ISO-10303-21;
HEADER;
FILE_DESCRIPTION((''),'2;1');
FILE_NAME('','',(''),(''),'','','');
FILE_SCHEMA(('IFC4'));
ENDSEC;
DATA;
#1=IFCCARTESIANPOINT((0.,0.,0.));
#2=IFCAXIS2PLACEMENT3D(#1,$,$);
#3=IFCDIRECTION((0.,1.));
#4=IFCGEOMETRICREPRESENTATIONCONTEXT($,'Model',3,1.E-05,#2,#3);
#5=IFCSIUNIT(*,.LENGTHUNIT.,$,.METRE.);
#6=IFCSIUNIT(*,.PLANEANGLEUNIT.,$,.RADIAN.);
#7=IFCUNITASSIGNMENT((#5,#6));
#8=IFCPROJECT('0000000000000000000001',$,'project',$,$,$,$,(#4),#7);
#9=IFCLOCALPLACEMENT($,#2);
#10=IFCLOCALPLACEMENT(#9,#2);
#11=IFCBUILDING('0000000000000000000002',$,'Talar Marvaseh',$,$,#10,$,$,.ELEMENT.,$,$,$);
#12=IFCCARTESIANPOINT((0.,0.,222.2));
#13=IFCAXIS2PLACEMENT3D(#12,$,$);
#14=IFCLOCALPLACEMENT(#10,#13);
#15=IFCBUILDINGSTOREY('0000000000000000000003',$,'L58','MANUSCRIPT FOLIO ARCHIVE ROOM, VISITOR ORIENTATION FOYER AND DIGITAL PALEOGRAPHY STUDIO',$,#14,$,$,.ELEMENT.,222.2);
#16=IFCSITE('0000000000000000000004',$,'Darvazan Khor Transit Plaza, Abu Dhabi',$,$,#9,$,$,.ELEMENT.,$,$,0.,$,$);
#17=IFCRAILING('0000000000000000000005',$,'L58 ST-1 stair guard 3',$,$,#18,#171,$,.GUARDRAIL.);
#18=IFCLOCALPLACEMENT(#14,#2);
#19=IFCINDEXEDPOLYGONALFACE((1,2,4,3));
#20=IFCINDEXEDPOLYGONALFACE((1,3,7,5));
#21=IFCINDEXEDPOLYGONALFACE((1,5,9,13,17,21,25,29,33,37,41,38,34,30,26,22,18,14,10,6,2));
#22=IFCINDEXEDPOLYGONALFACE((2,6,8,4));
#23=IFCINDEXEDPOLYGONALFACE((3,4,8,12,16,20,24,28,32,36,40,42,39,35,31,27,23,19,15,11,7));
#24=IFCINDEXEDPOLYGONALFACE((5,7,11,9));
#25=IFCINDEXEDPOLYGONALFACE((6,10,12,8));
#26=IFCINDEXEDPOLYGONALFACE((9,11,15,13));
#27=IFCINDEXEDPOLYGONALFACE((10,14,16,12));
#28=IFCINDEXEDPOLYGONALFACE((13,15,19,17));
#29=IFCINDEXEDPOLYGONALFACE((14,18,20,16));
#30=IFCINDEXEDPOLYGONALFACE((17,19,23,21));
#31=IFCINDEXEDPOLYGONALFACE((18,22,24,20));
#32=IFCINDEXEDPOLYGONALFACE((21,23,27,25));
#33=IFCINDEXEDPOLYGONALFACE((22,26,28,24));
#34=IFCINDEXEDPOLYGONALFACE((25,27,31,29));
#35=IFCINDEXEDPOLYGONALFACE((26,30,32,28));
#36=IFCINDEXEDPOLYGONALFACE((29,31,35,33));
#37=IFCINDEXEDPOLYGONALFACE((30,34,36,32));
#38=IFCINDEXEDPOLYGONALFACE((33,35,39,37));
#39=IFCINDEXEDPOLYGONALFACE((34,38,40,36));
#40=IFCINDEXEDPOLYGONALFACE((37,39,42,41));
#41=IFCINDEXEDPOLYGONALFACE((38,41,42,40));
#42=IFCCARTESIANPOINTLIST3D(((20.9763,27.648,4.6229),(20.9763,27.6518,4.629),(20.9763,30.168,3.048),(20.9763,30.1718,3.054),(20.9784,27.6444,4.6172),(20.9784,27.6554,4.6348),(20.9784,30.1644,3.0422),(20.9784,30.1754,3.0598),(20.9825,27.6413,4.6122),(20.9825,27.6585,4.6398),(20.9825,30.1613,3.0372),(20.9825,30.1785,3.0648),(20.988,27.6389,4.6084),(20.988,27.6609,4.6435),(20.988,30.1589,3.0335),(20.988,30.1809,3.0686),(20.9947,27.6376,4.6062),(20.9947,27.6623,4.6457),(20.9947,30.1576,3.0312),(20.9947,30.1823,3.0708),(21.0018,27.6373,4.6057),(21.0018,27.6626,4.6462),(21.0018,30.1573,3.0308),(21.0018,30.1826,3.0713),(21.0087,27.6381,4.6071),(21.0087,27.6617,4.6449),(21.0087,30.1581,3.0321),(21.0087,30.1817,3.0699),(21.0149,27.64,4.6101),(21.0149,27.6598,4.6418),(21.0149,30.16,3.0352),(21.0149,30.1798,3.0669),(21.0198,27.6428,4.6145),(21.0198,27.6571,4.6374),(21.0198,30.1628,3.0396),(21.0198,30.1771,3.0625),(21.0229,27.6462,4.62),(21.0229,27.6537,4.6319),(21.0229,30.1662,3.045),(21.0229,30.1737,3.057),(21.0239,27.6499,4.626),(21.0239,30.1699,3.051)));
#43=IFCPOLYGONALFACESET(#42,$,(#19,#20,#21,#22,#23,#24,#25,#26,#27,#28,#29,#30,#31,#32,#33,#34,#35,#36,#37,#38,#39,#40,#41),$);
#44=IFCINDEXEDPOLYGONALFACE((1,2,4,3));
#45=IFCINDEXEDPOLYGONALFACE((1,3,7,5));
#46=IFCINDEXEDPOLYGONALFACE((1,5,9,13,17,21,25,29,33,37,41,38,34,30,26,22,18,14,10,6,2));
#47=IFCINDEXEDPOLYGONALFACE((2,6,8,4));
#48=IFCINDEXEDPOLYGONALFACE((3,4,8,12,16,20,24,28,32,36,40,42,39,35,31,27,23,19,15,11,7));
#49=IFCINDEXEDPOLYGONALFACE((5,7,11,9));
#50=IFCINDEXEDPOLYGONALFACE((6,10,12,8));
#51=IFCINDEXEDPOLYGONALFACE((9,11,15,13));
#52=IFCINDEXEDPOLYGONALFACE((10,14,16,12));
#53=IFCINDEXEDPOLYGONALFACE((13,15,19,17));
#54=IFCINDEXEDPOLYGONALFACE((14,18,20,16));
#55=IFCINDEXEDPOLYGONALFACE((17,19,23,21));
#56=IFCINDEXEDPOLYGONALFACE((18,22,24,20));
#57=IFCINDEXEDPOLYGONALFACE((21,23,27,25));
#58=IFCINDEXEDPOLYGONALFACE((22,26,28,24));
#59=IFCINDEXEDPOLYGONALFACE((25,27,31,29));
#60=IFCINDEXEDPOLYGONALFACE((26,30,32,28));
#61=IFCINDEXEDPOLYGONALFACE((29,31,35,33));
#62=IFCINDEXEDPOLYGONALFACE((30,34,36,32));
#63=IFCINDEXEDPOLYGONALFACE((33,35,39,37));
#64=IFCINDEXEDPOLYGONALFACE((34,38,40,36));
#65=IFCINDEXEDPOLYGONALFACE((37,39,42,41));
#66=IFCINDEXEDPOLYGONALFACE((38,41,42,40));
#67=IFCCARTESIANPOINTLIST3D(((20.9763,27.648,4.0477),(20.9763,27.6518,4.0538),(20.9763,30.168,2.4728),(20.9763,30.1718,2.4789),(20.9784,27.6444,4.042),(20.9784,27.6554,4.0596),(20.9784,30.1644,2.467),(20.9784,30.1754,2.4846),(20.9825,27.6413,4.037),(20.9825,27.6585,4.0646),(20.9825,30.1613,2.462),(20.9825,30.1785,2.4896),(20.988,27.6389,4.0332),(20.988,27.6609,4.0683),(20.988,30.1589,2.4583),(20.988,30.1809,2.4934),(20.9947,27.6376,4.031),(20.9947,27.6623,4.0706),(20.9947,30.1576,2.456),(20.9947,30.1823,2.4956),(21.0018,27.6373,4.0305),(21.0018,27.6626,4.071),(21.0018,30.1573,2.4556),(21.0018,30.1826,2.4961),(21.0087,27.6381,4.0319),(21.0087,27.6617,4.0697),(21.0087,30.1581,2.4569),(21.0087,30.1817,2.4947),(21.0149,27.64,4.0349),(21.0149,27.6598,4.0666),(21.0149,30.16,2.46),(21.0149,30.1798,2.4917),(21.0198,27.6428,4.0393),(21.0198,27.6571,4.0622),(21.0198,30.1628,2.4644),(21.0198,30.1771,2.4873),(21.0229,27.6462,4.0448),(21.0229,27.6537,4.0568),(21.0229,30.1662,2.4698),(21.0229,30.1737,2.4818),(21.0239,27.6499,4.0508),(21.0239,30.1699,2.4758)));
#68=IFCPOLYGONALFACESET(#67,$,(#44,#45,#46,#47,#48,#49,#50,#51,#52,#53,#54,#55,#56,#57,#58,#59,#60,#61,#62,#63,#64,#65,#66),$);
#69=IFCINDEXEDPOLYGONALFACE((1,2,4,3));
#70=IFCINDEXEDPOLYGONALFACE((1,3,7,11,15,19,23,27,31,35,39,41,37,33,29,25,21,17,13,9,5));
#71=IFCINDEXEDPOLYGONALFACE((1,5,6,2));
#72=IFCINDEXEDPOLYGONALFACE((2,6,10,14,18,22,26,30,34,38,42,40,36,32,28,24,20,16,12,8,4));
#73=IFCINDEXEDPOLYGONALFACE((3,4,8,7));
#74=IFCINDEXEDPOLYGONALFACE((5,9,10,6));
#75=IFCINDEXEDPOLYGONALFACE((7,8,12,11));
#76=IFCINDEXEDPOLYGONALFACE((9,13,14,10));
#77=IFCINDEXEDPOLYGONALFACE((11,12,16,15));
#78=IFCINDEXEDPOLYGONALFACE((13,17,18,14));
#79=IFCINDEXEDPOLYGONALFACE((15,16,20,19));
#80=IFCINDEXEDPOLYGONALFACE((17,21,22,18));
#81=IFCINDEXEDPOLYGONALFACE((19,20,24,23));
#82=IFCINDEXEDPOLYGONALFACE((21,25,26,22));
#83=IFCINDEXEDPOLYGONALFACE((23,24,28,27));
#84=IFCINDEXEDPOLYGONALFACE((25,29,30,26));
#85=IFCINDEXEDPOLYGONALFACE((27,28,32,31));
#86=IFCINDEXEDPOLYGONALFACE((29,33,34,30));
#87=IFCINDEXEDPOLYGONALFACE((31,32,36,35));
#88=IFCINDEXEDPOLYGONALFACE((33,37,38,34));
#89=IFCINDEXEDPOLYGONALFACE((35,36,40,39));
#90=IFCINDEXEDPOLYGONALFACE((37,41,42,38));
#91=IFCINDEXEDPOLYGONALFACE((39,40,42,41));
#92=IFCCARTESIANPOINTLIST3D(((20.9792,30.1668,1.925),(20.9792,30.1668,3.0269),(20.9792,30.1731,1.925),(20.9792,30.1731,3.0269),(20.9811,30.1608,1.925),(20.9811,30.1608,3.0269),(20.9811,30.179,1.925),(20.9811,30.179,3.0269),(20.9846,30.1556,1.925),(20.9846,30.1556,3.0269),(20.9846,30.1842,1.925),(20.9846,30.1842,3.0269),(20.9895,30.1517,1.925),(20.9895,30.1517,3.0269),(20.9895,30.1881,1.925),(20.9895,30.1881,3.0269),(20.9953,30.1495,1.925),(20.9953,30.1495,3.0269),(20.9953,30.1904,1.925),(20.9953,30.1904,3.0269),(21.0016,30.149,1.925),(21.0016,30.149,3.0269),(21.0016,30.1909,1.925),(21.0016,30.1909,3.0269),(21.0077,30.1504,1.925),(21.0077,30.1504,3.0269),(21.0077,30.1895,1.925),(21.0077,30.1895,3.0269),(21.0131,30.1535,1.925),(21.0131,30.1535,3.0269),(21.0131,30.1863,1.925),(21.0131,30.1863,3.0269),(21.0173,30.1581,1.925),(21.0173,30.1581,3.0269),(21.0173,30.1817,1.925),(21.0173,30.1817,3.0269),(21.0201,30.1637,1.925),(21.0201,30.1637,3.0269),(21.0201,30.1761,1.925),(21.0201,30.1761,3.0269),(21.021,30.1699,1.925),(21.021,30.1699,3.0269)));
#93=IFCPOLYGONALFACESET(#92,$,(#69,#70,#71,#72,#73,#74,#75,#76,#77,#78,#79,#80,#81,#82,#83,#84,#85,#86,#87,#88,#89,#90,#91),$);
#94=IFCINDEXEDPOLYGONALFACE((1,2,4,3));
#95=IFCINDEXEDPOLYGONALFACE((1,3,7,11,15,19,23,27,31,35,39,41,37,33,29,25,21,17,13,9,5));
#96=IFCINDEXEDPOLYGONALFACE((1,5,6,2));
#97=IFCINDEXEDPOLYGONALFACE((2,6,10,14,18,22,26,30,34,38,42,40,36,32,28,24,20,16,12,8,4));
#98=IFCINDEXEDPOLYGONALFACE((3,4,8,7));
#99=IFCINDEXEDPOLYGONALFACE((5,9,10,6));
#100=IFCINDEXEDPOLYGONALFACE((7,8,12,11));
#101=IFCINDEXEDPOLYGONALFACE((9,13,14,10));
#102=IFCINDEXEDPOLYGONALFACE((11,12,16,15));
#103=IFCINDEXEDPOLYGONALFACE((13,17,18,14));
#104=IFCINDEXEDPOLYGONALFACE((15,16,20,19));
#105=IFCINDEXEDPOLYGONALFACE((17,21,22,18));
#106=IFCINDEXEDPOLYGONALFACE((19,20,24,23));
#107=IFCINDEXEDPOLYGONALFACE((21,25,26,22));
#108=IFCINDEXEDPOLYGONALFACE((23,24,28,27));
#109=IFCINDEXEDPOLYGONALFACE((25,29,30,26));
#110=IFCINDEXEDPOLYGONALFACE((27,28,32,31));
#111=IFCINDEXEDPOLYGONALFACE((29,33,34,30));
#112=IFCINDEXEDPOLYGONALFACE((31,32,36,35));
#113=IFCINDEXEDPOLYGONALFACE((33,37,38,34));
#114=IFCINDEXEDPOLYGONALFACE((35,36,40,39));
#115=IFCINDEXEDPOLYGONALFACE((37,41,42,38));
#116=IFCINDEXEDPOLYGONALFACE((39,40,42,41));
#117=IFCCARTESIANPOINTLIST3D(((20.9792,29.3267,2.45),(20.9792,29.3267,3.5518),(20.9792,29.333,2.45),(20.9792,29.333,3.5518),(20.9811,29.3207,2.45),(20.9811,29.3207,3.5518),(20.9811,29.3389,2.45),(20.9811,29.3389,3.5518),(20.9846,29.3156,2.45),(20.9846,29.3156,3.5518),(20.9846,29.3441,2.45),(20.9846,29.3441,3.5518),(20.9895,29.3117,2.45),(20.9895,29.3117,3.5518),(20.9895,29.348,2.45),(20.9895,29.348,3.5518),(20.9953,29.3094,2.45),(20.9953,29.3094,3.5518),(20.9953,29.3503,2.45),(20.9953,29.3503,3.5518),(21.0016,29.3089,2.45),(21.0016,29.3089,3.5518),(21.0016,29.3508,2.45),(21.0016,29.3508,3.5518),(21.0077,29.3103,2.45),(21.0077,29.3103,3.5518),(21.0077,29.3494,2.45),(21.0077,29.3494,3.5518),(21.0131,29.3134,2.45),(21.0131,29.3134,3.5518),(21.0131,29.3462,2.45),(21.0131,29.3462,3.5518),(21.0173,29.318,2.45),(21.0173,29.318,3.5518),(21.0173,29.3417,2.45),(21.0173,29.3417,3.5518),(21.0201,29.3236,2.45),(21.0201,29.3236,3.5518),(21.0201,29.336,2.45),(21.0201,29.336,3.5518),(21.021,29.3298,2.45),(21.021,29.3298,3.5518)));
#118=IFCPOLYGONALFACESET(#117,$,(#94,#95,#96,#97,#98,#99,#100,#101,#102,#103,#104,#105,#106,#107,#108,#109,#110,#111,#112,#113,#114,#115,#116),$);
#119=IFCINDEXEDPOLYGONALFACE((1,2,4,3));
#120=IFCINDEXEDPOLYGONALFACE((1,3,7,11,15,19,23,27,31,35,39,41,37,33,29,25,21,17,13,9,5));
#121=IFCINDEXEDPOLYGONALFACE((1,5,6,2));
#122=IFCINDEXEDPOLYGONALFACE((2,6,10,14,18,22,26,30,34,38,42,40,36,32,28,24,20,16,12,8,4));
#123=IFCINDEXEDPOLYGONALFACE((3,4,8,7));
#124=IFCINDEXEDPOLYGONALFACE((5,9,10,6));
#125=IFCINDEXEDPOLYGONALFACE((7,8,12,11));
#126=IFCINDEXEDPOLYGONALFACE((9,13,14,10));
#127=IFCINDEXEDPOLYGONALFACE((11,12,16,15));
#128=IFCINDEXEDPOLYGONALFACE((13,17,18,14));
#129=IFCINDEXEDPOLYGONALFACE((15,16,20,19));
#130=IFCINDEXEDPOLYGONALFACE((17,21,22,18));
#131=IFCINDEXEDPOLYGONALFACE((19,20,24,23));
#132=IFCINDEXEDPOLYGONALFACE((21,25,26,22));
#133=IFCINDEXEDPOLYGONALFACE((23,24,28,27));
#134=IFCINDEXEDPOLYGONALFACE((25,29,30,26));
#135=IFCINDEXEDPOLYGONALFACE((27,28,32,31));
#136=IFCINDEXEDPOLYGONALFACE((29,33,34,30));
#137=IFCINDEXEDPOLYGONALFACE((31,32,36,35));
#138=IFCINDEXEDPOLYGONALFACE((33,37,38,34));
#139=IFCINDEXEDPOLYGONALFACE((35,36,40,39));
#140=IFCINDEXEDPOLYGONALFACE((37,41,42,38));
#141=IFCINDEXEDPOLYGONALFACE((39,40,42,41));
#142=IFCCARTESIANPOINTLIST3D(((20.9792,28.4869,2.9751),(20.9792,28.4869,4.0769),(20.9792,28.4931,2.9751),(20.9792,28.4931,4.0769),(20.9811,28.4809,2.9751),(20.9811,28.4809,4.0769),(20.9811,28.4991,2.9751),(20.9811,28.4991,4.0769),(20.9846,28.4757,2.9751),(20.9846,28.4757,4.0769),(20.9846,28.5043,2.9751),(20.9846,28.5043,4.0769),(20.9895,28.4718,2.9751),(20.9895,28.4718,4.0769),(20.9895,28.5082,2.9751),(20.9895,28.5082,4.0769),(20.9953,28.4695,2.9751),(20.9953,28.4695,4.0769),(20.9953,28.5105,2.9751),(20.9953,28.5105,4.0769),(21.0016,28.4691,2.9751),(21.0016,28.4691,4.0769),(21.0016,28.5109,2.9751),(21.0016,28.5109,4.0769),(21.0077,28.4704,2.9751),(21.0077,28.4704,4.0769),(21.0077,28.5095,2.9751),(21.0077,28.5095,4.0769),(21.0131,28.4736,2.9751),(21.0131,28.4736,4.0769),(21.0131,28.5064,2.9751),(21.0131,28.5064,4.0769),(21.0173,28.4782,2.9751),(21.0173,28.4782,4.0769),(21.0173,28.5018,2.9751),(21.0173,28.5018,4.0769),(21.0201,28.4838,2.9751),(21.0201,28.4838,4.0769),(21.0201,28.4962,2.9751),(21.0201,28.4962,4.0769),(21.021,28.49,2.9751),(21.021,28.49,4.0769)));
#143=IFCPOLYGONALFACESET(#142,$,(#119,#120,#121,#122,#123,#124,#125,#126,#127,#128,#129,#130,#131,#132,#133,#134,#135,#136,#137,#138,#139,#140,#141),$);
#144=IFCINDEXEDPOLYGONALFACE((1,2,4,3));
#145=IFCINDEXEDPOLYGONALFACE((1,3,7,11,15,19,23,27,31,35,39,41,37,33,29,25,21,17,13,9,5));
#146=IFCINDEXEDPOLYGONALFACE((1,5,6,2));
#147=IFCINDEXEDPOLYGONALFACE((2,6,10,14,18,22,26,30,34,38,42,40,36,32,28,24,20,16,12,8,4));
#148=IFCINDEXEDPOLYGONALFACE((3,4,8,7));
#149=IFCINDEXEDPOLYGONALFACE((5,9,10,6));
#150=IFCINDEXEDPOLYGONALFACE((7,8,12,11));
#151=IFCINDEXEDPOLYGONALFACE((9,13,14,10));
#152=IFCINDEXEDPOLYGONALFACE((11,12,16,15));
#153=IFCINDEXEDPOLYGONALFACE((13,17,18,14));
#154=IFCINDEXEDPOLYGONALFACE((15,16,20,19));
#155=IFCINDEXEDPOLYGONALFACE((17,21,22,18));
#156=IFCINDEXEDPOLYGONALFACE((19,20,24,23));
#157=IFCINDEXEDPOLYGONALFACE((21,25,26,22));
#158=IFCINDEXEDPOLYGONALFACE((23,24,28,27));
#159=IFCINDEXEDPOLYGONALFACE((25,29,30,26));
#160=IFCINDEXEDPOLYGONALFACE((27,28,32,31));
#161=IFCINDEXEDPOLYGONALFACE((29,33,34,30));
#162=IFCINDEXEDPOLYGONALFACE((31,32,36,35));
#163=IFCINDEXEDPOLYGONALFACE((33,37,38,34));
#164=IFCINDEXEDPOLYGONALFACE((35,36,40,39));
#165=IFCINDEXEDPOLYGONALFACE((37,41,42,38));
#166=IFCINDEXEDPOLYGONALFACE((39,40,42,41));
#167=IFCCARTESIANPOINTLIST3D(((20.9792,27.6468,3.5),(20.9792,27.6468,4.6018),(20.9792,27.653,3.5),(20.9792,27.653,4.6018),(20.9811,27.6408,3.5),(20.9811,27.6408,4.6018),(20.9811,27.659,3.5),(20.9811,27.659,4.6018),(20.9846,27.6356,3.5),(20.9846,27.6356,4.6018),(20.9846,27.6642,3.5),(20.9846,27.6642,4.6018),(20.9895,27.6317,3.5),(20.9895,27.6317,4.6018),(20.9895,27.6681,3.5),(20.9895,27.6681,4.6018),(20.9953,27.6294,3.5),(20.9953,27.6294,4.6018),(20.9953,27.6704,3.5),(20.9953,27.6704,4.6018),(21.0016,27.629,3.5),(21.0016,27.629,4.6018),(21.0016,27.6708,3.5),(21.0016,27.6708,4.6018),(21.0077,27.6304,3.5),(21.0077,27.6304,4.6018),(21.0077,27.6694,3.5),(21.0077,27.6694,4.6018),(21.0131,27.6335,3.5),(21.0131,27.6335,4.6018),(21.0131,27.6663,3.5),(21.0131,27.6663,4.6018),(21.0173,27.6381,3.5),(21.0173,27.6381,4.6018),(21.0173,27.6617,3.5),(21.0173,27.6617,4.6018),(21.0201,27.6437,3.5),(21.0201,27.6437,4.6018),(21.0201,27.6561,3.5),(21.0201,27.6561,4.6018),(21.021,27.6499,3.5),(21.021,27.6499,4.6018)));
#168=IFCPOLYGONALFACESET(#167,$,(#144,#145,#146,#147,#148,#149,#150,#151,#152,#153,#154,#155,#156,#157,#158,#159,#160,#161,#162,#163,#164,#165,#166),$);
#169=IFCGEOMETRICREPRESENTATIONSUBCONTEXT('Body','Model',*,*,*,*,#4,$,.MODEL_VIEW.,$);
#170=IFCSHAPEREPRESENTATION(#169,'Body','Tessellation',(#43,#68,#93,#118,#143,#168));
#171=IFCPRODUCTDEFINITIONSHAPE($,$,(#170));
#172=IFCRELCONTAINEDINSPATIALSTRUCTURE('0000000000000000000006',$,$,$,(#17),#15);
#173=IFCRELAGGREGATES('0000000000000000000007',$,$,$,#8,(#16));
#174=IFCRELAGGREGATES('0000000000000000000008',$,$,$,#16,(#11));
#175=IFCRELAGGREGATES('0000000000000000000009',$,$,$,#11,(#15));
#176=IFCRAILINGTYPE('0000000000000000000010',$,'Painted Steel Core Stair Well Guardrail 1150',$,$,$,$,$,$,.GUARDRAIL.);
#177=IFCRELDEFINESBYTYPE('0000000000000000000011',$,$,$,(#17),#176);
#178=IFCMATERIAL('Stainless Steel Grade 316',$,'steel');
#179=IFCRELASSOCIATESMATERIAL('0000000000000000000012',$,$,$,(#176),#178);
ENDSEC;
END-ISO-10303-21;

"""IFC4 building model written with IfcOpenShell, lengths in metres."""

from ifc_helpers import new_model, si_unit, direction, frame, origin, origin_2d, place, context, subcontext, project, spatial, circle, extrude, material, type_object, element, save


model = new_model("IFC4")

# Units and contexts
model_context = context("Model", 3, precision=1e-05, world=origin(), true_north=direction((0.0, 1.0)))
body_context = subcontext(model_context, "Body", "Model", "MODEL_VIEW")
ifc_project = project(units=[si_unit("LENGTHUNIT", "METRE"), si_unit("PLANEANGLEUNIT", "RADIAN")], contexts=[model_context])

# Site, building, storey
site_placement = place(None, origin())
site = spatial("IfcSite", under=ifc_project, at=site_placement, Name="Darvazan Khor Transit Plaza, Abu Dhabi", CompositionType="ELEMENT", RefElevation=0.0)
building_placement = place(site_placement, origin())
building = spatial("IfcBuilding", under=site, at=building_placement, Name="Talar Marvaseh", CompositionType="ELEMENT")
storey_placement = place(building_placement, frame((0.0, 0.0, 222.2)))
storey = spatial("IfcBuildingStorey", under=building, at=storey_placement, Name="L58", Description="MANUSCRIPT FOLIO ARCHIVE ROOM, VISITOR ORIENTATION FOYER AND DIGITAL PALEOGRAPHY STUDIO", CompositionType="ELEMENT", Elevation=222.2)

# Railing
ifc_material_1 = material(Name="Stainless Steel Grade 316", Category="steel")
railing_type_1 = type_object("IfcRailingType", Name="Painted Steel Core Stair Well Guardrail 1150", PredefinedType="GUARDRAIL", material=ifc_material_1)
railing_1_placement = place(storey_placement, frame((21.0, 30.1699, 1.925)))
element("IfcRailing", 1, at=railing_1_placement, inside=storey, type_object=railing_type_1, Name="L58 ST-1 stair guard 3", PredefinedType="GUARDRAIL", context=body_context, shape_type="SweptSolid", body=[
    extrude(circle(Radius=0.0239, at=origin_2d()), frame((0.0, 0.0, 1.126), z_axis=(0.0, -0.848008, 0.529984), x_axis=(1.0, 0.0, 0.0)), (0.0, 0.0, 1.0), 2.9717),
    extrude(circle(Radius=0.0239, at=origin_2d()), frame((0.0, 0.0, 0.5508), z_axis=(0.0, -0.848008, 0.529984), x_axis=(1.0, 0.0, 0.0)), (0.0, 0.0, 1.0), 2.9717),
    extrude(circle(Radius=0.021, at=origin_2d()), origin(), (0.0, 0.0, 1.0), 1.1018),
    extrude(circle(Radius=0.021, at=origin_2d()), frame((0.0, -0.8401, 0.5249)), (0.0, 0.0, 1.0), 1.1018),
    extrude(circle(Radius=0.021, at=origin_2d()), frame((0.0, -1.6799, 1.05)), (0.0, 0.0, 1.0), 1.1018),
    extrude(circle(Radius=0.021, at=origin_2d()), frame((0.0, -2.52, 1.575)), (0.0, 0.0, 1.0), 1.1018),
])

save(model, "model.ifc")
